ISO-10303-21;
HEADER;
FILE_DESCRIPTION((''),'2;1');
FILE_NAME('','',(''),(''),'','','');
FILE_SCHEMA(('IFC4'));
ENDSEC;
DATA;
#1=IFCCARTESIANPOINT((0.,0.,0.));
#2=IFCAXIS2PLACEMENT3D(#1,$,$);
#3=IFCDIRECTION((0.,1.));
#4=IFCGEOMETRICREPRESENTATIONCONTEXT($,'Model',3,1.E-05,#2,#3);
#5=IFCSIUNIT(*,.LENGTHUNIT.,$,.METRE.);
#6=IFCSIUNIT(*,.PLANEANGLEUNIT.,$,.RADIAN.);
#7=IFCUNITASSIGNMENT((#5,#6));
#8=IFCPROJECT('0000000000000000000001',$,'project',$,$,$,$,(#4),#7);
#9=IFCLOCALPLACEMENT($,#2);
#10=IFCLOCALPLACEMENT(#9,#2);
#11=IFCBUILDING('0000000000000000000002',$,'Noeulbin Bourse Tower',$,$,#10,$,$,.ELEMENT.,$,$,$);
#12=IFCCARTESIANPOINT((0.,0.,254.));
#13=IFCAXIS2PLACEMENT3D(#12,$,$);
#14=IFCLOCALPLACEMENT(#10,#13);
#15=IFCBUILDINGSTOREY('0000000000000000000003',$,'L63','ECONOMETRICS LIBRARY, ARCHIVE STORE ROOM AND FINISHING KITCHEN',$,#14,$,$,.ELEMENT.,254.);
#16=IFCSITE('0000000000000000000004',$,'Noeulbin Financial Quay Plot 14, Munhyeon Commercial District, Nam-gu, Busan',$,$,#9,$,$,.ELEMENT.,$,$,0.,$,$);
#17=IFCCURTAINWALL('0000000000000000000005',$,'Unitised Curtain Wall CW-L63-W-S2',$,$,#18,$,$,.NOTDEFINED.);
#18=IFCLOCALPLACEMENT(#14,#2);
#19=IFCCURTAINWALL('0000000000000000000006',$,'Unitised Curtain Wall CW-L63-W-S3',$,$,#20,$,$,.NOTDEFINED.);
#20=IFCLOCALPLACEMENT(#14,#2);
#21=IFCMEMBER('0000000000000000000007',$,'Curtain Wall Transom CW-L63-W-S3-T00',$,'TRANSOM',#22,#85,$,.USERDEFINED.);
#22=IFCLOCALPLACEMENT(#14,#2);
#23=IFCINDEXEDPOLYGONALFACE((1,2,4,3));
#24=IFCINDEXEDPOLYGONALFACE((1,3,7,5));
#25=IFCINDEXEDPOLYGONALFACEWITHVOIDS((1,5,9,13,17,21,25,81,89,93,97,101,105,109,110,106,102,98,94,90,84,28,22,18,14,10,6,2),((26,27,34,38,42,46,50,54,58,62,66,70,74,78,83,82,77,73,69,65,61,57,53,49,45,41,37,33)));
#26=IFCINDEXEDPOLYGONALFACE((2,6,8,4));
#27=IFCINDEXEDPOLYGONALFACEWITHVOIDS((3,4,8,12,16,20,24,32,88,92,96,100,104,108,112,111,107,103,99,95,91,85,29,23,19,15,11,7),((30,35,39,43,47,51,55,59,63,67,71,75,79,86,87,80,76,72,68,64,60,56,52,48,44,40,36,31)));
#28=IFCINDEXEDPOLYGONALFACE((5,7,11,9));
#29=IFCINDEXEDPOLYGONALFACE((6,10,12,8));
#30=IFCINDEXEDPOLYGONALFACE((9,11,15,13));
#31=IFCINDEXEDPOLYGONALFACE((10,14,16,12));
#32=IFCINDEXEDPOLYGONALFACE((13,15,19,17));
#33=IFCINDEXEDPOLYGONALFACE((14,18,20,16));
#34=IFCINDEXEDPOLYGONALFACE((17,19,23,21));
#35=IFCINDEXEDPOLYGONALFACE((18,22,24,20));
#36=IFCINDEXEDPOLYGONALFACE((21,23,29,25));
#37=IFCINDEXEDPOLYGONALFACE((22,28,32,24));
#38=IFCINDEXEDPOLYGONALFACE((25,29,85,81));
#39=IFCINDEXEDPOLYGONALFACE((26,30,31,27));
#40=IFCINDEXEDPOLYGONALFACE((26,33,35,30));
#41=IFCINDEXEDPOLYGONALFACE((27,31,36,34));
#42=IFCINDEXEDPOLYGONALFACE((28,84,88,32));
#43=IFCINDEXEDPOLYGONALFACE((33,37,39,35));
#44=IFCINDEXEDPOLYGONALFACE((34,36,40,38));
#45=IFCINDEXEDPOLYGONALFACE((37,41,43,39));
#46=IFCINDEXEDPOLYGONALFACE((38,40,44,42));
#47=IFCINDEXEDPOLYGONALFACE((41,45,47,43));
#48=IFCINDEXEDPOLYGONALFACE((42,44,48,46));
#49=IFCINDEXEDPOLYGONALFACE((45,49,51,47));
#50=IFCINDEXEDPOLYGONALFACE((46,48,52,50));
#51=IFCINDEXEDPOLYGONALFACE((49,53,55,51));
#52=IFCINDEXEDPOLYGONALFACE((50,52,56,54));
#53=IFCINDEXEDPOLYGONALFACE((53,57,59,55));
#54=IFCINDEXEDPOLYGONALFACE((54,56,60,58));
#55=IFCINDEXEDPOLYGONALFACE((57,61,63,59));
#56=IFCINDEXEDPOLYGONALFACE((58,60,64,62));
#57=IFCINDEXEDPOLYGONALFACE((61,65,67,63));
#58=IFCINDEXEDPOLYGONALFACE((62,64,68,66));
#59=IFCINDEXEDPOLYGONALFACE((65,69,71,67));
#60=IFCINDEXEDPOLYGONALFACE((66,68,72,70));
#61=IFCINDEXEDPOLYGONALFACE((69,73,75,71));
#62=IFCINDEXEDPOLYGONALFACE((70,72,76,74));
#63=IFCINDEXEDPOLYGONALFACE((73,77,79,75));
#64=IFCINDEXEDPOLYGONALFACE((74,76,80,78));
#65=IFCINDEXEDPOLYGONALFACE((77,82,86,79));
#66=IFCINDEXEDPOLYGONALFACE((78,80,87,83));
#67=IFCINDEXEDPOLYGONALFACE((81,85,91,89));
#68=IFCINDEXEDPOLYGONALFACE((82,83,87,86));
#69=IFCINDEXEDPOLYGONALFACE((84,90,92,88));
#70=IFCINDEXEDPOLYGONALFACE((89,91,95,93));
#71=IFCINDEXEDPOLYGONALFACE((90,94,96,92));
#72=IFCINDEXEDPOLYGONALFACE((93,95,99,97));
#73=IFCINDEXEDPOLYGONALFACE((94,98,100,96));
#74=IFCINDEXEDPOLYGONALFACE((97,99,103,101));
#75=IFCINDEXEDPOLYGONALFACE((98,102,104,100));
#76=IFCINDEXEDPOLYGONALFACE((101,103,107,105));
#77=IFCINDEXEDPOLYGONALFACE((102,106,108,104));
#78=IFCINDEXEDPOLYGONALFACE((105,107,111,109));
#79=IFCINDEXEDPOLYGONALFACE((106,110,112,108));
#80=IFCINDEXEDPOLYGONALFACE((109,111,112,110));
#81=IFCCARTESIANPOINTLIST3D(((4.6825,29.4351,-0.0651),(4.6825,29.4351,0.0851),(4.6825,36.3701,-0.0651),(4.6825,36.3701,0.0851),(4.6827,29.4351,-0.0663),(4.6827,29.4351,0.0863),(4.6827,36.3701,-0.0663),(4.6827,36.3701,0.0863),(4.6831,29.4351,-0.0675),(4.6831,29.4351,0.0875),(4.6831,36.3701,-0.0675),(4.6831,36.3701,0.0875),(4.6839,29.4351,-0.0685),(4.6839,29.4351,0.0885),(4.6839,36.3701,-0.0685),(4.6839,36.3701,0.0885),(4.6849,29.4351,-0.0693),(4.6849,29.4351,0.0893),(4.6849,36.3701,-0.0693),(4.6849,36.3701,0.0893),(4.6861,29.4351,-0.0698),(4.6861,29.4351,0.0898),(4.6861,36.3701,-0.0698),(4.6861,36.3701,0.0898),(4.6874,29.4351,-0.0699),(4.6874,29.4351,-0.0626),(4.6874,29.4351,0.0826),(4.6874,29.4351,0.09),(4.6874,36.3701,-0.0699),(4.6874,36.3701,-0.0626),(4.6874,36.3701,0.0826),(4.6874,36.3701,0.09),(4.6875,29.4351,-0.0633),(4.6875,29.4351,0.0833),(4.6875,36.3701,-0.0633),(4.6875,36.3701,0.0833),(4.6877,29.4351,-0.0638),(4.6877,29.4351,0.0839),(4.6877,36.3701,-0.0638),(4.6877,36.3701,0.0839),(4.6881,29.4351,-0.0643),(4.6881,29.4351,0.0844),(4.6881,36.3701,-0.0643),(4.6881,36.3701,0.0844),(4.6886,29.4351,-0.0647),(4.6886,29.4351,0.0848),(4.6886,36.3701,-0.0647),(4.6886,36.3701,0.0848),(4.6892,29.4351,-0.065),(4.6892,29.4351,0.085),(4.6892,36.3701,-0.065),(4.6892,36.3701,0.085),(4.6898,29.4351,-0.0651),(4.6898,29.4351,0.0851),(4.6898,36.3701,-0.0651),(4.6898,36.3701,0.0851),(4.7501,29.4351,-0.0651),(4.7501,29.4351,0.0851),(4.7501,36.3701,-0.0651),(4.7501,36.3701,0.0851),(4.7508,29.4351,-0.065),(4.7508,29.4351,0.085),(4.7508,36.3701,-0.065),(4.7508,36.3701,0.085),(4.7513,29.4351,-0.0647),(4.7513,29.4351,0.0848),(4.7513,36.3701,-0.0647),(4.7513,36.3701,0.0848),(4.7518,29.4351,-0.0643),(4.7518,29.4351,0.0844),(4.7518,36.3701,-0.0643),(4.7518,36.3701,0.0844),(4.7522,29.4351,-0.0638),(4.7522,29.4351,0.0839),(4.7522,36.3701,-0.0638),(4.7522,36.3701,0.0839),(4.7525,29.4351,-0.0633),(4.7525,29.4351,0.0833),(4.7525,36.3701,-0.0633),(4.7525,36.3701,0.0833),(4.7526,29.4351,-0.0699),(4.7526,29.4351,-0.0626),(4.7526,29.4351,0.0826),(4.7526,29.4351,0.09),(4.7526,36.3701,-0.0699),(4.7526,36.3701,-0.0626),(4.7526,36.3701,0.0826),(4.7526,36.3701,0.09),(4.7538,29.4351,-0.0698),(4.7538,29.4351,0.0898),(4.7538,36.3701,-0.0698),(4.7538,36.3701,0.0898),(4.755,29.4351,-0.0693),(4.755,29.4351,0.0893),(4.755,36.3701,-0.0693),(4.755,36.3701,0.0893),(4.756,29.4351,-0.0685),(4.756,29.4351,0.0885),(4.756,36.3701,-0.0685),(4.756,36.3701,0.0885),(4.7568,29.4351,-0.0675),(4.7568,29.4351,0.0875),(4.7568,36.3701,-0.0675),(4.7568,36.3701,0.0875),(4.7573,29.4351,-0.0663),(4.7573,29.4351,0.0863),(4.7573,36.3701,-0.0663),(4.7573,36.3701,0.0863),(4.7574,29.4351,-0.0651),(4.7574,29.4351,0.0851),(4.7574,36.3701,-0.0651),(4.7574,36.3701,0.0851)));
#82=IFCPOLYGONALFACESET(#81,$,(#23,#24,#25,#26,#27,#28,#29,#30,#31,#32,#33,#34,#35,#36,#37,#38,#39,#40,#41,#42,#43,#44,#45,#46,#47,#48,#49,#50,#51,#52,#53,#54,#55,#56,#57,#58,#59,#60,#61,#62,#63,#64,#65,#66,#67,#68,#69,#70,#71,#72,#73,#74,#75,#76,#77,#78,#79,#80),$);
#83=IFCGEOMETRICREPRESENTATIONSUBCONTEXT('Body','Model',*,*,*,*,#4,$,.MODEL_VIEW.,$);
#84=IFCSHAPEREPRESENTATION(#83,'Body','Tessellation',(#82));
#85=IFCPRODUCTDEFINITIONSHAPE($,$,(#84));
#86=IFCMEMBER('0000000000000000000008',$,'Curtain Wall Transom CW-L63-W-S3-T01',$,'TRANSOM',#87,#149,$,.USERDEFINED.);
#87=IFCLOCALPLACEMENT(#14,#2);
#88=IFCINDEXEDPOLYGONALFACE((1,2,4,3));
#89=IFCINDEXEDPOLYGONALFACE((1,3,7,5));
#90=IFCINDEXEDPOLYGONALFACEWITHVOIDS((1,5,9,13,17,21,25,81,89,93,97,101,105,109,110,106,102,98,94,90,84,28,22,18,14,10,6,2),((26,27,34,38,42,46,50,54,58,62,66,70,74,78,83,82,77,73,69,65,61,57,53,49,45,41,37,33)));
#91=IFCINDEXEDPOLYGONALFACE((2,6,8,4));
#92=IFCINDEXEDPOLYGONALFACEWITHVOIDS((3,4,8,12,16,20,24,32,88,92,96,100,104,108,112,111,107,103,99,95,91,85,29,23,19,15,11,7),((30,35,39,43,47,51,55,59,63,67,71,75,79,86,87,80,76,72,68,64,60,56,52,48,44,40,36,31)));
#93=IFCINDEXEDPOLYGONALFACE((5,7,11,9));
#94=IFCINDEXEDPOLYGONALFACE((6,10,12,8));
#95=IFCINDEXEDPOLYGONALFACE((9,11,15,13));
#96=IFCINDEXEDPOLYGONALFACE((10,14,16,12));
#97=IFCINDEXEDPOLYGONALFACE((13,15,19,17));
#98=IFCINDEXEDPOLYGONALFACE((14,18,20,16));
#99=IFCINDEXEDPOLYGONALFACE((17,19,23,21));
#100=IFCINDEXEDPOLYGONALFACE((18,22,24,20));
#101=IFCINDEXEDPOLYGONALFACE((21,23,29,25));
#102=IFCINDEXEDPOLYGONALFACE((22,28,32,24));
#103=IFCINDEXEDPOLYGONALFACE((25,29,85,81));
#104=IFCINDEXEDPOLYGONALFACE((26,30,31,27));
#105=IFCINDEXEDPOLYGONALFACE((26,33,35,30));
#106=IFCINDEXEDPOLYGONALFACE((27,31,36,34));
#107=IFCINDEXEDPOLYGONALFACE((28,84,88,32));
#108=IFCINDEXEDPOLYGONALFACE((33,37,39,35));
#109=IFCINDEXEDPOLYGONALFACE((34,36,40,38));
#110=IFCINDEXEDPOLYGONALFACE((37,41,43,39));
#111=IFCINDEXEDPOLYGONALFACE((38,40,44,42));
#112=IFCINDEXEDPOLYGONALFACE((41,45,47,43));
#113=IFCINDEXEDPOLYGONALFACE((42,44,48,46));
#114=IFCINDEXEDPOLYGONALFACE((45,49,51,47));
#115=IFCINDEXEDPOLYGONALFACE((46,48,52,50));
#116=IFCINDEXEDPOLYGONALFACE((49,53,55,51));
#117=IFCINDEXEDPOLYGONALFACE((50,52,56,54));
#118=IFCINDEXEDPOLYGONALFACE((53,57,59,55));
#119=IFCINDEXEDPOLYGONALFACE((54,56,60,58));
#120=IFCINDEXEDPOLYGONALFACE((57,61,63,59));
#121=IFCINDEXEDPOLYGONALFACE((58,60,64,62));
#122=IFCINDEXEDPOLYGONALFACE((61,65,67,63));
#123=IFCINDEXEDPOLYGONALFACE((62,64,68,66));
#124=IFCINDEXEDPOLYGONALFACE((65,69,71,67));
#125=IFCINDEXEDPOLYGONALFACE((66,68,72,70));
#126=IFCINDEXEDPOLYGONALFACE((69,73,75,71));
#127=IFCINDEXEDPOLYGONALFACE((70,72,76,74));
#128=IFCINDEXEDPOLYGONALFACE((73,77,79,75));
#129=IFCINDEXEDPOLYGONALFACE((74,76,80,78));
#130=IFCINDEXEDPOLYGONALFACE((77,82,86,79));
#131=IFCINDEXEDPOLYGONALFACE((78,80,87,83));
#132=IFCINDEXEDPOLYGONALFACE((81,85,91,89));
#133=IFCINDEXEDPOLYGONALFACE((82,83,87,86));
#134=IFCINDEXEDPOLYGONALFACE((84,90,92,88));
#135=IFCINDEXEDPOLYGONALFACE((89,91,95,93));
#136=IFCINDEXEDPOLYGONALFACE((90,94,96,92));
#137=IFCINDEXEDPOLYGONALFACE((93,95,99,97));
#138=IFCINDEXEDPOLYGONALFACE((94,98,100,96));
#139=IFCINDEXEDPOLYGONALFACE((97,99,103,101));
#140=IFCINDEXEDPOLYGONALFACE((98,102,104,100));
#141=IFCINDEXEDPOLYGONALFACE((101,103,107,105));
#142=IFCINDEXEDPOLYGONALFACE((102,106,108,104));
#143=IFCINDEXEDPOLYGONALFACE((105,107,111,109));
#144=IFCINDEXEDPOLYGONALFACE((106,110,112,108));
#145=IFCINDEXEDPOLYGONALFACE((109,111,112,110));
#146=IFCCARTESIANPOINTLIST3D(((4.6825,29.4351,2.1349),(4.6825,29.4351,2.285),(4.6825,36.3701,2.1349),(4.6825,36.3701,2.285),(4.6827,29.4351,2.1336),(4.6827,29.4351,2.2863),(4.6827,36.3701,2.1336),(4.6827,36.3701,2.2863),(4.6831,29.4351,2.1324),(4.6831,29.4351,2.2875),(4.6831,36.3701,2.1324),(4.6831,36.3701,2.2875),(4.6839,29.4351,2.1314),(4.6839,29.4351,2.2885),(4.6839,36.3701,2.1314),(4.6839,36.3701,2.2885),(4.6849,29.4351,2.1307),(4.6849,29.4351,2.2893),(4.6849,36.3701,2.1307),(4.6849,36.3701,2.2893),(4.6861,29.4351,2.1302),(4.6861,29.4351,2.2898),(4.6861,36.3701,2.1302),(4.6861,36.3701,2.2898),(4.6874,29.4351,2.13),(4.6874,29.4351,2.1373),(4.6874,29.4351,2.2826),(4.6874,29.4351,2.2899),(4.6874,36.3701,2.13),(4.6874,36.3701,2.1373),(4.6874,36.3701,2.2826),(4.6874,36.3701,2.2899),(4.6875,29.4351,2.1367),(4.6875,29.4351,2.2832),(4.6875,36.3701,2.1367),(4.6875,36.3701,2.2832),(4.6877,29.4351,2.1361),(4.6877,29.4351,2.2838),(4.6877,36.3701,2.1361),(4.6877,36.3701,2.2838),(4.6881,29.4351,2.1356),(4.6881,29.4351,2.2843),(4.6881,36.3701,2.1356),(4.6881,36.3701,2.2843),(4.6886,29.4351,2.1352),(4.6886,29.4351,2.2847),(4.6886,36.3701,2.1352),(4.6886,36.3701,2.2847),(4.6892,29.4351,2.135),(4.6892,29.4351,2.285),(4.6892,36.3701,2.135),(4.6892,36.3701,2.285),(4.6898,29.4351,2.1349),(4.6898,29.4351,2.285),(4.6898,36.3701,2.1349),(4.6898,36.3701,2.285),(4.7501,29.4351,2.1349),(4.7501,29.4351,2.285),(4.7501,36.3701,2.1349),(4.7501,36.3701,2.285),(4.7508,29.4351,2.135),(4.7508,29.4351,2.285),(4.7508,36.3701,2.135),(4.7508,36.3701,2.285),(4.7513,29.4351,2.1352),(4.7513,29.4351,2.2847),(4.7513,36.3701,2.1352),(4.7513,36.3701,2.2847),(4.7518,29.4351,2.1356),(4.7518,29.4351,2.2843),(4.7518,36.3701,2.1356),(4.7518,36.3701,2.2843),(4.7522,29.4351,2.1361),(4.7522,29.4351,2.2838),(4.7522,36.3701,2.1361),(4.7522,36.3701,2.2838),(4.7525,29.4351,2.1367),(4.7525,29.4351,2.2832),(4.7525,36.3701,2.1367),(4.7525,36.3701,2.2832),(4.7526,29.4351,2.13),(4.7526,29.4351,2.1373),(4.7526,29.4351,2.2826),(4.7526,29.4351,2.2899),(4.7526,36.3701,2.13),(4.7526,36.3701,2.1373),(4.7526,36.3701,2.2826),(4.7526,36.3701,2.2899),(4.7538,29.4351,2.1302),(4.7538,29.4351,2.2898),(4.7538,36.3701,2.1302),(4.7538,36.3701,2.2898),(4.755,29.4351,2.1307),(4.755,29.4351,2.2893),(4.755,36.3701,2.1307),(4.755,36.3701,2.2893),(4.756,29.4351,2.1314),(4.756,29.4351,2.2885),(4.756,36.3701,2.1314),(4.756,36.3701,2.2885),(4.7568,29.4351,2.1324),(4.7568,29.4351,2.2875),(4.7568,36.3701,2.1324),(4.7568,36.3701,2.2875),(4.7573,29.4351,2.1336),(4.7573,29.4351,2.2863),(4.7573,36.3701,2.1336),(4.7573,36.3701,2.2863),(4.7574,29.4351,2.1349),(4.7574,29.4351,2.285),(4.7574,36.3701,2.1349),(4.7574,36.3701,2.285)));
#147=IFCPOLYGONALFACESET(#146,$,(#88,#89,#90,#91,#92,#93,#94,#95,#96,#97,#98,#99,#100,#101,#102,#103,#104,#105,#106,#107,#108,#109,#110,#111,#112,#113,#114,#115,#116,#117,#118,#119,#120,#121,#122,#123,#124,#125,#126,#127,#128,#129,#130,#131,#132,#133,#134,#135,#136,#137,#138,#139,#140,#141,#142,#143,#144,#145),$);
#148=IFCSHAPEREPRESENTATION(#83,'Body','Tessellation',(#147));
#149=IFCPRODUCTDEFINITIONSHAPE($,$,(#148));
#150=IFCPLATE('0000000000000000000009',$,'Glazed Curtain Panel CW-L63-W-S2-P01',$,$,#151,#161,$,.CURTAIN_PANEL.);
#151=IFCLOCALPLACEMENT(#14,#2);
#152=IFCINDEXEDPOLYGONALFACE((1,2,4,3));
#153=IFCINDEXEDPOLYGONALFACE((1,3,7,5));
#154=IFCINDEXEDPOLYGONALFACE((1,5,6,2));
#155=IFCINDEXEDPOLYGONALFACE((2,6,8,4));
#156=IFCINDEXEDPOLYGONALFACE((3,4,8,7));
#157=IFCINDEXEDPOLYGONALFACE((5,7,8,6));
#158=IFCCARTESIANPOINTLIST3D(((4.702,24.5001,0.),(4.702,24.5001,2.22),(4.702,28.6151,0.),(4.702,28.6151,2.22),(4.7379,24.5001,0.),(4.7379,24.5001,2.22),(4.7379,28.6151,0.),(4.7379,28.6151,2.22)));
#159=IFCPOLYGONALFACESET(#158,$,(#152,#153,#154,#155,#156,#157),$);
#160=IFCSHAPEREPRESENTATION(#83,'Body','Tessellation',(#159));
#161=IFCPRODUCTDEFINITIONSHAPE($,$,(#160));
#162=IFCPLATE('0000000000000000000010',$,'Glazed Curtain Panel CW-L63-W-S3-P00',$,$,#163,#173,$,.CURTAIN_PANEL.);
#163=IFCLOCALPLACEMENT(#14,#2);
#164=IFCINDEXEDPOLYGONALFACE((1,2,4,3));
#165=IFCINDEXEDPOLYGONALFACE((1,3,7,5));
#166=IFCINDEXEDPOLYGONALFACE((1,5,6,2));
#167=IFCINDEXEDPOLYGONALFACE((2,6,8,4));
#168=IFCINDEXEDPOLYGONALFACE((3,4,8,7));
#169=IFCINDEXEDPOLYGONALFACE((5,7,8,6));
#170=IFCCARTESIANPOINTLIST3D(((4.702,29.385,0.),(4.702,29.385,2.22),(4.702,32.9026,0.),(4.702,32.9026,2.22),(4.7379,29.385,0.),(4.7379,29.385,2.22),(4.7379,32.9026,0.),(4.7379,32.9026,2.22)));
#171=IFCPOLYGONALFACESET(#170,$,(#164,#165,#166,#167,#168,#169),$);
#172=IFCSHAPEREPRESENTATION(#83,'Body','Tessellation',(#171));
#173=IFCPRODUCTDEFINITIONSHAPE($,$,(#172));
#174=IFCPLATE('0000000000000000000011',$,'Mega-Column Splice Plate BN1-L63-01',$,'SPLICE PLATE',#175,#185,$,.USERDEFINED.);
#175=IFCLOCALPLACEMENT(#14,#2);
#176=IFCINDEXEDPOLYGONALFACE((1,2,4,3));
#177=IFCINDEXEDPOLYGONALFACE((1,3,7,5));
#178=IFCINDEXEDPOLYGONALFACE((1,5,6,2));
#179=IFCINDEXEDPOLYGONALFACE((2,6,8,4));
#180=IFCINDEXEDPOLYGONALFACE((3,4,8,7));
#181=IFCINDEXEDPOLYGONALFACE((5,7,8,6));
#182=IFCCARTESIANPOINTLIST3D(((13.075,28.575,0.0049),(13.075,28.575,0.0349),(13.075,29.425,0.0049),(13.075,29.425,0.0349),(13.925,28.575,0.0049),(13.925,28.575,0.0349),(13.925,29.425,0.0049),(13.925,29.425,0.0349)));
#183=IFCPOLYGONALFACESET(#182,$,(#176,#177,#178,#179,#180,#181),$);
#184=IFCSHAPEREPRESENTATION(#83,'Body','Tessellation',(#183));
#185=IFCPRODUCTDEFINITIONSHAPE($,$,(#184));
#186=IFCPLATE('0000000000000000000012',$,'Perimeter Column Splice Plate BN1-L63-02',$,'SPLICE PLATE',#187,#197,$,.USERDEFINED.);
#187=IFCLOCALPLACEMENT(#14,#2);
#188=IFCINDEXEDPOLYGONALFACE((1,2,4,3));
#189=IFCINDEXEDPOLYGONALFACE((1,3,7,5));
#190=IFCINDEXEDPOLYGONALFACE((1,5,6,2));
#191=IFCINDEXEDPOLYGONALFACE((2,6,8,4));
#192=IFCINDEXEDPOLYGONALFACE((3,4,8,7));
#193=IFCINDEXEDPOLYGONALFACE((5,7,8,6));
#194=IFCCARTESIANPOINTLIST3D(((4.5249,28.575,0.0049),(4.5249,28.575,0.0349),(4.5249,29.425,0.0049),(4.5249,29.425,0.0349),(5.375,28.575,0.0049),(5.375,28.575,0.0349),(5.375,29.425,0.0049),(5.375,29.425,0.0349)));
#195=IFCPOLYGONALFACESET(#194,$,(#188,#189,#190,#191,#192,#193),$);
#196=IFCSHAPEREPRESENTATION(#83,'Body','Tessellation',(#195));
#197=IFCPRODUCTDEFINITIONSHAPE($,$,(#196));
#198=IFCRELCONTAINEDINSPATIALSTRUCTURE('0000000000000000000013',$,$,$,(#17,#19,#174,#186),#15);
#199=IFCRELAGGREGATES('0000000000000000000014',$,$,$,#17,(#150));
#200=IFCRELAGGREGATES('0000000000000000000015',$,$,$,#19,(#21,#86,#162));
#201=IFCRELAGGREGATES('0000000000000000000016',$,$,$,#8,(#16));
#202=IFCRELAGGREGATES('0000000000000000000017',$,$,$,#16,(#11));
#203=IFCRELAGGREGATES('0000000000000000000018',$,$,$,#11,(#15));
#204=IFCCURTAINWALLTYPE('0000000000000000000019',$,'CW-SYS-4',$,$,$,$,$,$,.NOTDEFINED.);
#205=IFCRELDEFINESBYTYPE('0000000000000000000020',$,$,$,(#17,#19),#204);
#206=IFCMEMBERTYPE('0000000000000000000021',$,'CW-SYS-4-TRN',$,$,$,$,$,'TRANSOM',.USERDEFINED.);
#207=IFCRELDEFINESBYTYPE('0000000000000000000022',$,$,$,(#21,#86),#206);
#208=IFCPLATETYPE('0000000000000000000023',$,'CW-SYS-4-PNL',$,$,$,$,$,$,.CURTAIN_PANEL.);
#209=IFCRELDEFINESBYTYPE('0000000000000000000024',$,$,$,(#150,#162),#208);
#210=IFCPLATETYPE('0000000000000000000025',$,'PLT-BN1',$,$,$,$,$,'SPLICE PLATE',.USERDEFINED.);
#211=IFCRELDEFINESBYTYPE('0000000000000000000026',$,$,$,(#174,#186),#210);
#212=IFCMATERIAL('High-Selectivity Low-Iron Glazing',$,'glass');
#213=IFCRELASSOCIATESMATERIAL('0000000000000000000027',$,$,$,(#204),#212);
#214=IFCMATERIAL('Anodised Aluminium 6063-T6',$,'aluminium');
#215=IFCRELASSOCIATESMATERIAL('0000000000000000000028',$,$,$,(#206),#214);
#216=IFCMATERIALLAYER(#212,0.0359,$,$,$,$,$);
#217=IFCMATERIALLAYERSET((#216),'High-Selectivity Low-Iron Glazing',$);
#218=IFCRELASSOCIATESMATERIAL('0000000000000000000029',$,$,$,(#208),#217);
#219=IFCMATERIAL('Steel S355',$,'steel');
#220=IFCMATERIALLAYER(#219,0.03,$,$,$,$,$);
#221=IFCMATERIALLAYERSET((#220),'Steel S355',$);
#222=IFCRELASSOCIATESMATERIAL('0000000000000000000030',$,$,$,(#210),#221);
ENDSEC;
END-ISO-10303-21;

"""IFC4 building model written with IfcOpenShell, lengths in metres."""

from ifc_helpers import new_model, si_unit, direction, frame, origin, origin_2d, place, context, subcontext, project, spatial, rectangle, hollow_rectangle, extrude, material, layer, layer_set, material_profile, profile_set, type_object, element, aggregate, save


model = new_model("IFC4")

# Units and contexts
model_context = context("Model", 3, precision=1e-05, world=origin(), true_north=direction((0.0, 1.0)))
body_context = subcontext(model_context, "Body", "Model", "MODEL_VIEW")
ifc_project = project(units=[si_unit("LENGTHUNIT", "METRE"), si_unit("PLANEANGLEUNIT", "RADIAN")], contexts=[model_context])

# Site, building, storey
site_placement = place(None, origin())
site = spatial("IfcSite", under=ifc_project, at=site_placement, Name="Noeulbin Financial Quay Plot 14, Munhyeon Commercial District, Nam-gu, Busan", CompositionType="ELEMENT", RefElevation=0.0)
building_placement = place(site_placement, origin())
building = spatial("IfcBuilding", under=site, at=building_placement, Name="Noeulbin Bourse Tower", CompositionType="ELEMENT")
storey_placement = place(building_placement, frame((0.0, 0.0, 254.0)))
storey = spatial("IfcBuildingStorey", under=building, at=storey_placement, Name="L63", Description="ECONOMETRICS LIBRARY, ARCHIVE STORE ROOM AND FINISHING KITCHEN", CompositionType="ELEMENT", Elevation=254.0)

# Shared definitions
ifc_material_1 = material(Name="Steel S355", Category="steel")

# Curtain walls, members
ifc_material_2 = material(Name="High-Selectivity Low-Iron Glazing", Category="glass")
curtain_wall_type = type_object("IfcCurtainWallType", Name="CW-SYS-4", PredefinedType="NOTDEFINED", material=ifc_material_2)
curtain_wall_1_placement = place(storey_placement, origin())
curtain_wall_1 = element("IfcCurtainWall", 1, at=curtain_wall_1_placement, inside=storey, type_object=curtain_wall_type, Name="Unitised Curtain Wall CW-L63-W-S2", PredefinedType="NOTDEFINED")
ifc_material_3 = material(Name="Anodised Aluminium 6063-T6", Category="aluminium")
curtain_wall_2_placement = place(storey_placement, origin())
curtain_wall_2 = element("IfcCurtainWall", 2, at=curtain_wall_2_placement, inside=storey, type_object=curtain_wall_type, Name="Unitised Curtain Wall CW-L63-W-S3", PredefinedType="NOTDEFINED")
ifc_material_profile_1 = material_profile(ifc_material_3, hollow_rectangle(XDim=0.075, YDim=0.1599, WallThickness=0.0049, InnerFilletRadius=0.0024, OuterFilletRadius=0.0049, at=origin_2d()), Name="ALU-TRAN-75x160x5", Category="LoadBearing")
ifc_profile_set_1 = profile_set([ifc_material_profile_1], Name="Anodised Aluminium 6063-T6")
member_type_1 = type_object("IfcMemberType", Name="CW-SYS-4-TRN", ElementType="TRANSOM", PredefinedType="USERDEFINED", material=ifc_profile_set_1)
member_1_placement = place(storey_placement, frame((4.72, 29.4351, 0.01), z_axis=(0.0, 1.0, 0.0), x_axis=(-1.0, 0.0, 0.0)))
member_1 = element("IfcMember", 3, at=member_1_placement, type_object=member_type_1, Name="Curtain Wall Transom CW-L63-W-S3-T00", ObjectType="TRANSOM", PredefinedType="USERDEFINED", context=body_context, shape_type="SweptSolid", body=[
    extrude(hollow_rectangle(XDim=0.075, YDim=0.1599, WallThickness=0.0049, InnerFilletRadius=0.0024, OuterFilletRadius=0.0049, at=origin_2d()), origin(), (0.0, 0.0, 1.0), 6.9351),
])
member_2_placement = place(storey_placement, frame((4.72, 29.4351, 2.21), z_axis=(0.0, 1.0, 0.0), x_axis=(-1.0, 0.0, 0.0)))
member_2 = element("IfcMember", 4, at=member_2_placement, type_object=member_type_1, Name="Curtain Wall Transom CW-L63-W-S3-T01", ObjectType="TRANSOM", PredefinedType="USERDEFINED", context=body_context, shape_type="SweptSolid", body=[
    extrude(hollow_rectangle(XDim=0.075, YDim=0.1599, WallThickness=0.0049, InnerFilletRadius=0.0024, OuterFilletRadius=0.0049, at=origin_2d()), origin(), (0.0, 0.0, 1.0), 6.9351),
])

# Plates
ifc_layer_1 = layer(ifc_material_2, 0.0359)
ifc_layer_set_1 = layer_set([ifc_layer_1], Name="High-Selectivity Low-Iron Glazing")
plate_type_1 = type_object("IfcPlateType", Name="CW-SYS-4-PNL", PredefinedType="CURTAIN_PANEL", material=ifc_layer_set_1)
plate_1_placement = place(storey_placement, frame((4.72, 26.5576, 0.0), z_axis=(0.0, 0.0, 1.0), x_axis=(0.0, 1.0, 0.0)))
plate_1 = element("IfcPlate", 5, at=plate_1_placement, type_object=plate_type_1, Name="Glazed Curtain Panel CW-L63-W-S2-P01", PredefinedType="CURTAIN_PANEL", context=body_context, shape_type="SweptSolid", body=[
    extrude(rectangle(XDim=4.115, YDim=0.0359, at=origin_2d()), origin(), (0.0, 0.0, 1.0), 2.22),
])
aggregate(curtain_wall_1, [plate_1])
plate_2_placement = place(storey_placement, frame((4.72, 31.1438, 0.0), z_axis=(0.0, 0.0, 1.0), x_axis=(0.0, 1.0, 0.0)))
plate_2 = element("IfcPlate", 6, at=plate_2_placement, type_object=plate_type_1, Name="Glazed Curtain Panel CW-L63-W-S3-P00", PredefinedType="CURTAIN_PANEL", context=body_context, shape_type="SweptSolid", body=[
    extrude(rectangle(XDim=3.5176, YDim=0.0359, at=origin_2d()), origin(), (0.0, 0.0, 1.0), 2.22),
])
aggregate(curtain_wall_2, [member_1, member_2, plate_2])

# Plates
ifc_layer_2 = layer(ifc_material_1, 0.03)
ifc_layer_set_2 = layer_set([ifc_layer_2], Name="Steel S355")
plate_type_2 = type_object("IfcPlateType", Name="PLT-BN1", ElementType="SPLICE PLATE", PredefinedType="USERDEFINED", material=ifc_layer_set_2)
for number, where, z_axis, x_axis, name in (
    (7, (13.5, 29.0, 0.0049), (0.0, 0.0, 1.0), (1.0, 0.0, 0.0), "Mega-Column Splice Plate BN1-L63-01"),
    (8, (4.95, 29.0, 0.0049), (0.0, 0.0, 1.0), (1.0, 0.0, 0.0), "Perimeter Column Splice Plate BN1-L63-02"),
):
    element("IfcPlate", number, at=place(storey_placement, frame(where, z_axis=z_axis, x_axis=x_axis)), inside=storey, type_object=plate_type_2, Name=name, ObjectType="SPLICE PLATE", PredefinedType="USERDEFINED", context=body_context, shape_type="SweptSolid", body=[
        extrude(rectangle(XDim=0.8501, YDim=0.8501, at=origin_2d()), origin(), (0.0, 0.0, 1.0), 0.03),
    ])

save(model, "model.ifc")
